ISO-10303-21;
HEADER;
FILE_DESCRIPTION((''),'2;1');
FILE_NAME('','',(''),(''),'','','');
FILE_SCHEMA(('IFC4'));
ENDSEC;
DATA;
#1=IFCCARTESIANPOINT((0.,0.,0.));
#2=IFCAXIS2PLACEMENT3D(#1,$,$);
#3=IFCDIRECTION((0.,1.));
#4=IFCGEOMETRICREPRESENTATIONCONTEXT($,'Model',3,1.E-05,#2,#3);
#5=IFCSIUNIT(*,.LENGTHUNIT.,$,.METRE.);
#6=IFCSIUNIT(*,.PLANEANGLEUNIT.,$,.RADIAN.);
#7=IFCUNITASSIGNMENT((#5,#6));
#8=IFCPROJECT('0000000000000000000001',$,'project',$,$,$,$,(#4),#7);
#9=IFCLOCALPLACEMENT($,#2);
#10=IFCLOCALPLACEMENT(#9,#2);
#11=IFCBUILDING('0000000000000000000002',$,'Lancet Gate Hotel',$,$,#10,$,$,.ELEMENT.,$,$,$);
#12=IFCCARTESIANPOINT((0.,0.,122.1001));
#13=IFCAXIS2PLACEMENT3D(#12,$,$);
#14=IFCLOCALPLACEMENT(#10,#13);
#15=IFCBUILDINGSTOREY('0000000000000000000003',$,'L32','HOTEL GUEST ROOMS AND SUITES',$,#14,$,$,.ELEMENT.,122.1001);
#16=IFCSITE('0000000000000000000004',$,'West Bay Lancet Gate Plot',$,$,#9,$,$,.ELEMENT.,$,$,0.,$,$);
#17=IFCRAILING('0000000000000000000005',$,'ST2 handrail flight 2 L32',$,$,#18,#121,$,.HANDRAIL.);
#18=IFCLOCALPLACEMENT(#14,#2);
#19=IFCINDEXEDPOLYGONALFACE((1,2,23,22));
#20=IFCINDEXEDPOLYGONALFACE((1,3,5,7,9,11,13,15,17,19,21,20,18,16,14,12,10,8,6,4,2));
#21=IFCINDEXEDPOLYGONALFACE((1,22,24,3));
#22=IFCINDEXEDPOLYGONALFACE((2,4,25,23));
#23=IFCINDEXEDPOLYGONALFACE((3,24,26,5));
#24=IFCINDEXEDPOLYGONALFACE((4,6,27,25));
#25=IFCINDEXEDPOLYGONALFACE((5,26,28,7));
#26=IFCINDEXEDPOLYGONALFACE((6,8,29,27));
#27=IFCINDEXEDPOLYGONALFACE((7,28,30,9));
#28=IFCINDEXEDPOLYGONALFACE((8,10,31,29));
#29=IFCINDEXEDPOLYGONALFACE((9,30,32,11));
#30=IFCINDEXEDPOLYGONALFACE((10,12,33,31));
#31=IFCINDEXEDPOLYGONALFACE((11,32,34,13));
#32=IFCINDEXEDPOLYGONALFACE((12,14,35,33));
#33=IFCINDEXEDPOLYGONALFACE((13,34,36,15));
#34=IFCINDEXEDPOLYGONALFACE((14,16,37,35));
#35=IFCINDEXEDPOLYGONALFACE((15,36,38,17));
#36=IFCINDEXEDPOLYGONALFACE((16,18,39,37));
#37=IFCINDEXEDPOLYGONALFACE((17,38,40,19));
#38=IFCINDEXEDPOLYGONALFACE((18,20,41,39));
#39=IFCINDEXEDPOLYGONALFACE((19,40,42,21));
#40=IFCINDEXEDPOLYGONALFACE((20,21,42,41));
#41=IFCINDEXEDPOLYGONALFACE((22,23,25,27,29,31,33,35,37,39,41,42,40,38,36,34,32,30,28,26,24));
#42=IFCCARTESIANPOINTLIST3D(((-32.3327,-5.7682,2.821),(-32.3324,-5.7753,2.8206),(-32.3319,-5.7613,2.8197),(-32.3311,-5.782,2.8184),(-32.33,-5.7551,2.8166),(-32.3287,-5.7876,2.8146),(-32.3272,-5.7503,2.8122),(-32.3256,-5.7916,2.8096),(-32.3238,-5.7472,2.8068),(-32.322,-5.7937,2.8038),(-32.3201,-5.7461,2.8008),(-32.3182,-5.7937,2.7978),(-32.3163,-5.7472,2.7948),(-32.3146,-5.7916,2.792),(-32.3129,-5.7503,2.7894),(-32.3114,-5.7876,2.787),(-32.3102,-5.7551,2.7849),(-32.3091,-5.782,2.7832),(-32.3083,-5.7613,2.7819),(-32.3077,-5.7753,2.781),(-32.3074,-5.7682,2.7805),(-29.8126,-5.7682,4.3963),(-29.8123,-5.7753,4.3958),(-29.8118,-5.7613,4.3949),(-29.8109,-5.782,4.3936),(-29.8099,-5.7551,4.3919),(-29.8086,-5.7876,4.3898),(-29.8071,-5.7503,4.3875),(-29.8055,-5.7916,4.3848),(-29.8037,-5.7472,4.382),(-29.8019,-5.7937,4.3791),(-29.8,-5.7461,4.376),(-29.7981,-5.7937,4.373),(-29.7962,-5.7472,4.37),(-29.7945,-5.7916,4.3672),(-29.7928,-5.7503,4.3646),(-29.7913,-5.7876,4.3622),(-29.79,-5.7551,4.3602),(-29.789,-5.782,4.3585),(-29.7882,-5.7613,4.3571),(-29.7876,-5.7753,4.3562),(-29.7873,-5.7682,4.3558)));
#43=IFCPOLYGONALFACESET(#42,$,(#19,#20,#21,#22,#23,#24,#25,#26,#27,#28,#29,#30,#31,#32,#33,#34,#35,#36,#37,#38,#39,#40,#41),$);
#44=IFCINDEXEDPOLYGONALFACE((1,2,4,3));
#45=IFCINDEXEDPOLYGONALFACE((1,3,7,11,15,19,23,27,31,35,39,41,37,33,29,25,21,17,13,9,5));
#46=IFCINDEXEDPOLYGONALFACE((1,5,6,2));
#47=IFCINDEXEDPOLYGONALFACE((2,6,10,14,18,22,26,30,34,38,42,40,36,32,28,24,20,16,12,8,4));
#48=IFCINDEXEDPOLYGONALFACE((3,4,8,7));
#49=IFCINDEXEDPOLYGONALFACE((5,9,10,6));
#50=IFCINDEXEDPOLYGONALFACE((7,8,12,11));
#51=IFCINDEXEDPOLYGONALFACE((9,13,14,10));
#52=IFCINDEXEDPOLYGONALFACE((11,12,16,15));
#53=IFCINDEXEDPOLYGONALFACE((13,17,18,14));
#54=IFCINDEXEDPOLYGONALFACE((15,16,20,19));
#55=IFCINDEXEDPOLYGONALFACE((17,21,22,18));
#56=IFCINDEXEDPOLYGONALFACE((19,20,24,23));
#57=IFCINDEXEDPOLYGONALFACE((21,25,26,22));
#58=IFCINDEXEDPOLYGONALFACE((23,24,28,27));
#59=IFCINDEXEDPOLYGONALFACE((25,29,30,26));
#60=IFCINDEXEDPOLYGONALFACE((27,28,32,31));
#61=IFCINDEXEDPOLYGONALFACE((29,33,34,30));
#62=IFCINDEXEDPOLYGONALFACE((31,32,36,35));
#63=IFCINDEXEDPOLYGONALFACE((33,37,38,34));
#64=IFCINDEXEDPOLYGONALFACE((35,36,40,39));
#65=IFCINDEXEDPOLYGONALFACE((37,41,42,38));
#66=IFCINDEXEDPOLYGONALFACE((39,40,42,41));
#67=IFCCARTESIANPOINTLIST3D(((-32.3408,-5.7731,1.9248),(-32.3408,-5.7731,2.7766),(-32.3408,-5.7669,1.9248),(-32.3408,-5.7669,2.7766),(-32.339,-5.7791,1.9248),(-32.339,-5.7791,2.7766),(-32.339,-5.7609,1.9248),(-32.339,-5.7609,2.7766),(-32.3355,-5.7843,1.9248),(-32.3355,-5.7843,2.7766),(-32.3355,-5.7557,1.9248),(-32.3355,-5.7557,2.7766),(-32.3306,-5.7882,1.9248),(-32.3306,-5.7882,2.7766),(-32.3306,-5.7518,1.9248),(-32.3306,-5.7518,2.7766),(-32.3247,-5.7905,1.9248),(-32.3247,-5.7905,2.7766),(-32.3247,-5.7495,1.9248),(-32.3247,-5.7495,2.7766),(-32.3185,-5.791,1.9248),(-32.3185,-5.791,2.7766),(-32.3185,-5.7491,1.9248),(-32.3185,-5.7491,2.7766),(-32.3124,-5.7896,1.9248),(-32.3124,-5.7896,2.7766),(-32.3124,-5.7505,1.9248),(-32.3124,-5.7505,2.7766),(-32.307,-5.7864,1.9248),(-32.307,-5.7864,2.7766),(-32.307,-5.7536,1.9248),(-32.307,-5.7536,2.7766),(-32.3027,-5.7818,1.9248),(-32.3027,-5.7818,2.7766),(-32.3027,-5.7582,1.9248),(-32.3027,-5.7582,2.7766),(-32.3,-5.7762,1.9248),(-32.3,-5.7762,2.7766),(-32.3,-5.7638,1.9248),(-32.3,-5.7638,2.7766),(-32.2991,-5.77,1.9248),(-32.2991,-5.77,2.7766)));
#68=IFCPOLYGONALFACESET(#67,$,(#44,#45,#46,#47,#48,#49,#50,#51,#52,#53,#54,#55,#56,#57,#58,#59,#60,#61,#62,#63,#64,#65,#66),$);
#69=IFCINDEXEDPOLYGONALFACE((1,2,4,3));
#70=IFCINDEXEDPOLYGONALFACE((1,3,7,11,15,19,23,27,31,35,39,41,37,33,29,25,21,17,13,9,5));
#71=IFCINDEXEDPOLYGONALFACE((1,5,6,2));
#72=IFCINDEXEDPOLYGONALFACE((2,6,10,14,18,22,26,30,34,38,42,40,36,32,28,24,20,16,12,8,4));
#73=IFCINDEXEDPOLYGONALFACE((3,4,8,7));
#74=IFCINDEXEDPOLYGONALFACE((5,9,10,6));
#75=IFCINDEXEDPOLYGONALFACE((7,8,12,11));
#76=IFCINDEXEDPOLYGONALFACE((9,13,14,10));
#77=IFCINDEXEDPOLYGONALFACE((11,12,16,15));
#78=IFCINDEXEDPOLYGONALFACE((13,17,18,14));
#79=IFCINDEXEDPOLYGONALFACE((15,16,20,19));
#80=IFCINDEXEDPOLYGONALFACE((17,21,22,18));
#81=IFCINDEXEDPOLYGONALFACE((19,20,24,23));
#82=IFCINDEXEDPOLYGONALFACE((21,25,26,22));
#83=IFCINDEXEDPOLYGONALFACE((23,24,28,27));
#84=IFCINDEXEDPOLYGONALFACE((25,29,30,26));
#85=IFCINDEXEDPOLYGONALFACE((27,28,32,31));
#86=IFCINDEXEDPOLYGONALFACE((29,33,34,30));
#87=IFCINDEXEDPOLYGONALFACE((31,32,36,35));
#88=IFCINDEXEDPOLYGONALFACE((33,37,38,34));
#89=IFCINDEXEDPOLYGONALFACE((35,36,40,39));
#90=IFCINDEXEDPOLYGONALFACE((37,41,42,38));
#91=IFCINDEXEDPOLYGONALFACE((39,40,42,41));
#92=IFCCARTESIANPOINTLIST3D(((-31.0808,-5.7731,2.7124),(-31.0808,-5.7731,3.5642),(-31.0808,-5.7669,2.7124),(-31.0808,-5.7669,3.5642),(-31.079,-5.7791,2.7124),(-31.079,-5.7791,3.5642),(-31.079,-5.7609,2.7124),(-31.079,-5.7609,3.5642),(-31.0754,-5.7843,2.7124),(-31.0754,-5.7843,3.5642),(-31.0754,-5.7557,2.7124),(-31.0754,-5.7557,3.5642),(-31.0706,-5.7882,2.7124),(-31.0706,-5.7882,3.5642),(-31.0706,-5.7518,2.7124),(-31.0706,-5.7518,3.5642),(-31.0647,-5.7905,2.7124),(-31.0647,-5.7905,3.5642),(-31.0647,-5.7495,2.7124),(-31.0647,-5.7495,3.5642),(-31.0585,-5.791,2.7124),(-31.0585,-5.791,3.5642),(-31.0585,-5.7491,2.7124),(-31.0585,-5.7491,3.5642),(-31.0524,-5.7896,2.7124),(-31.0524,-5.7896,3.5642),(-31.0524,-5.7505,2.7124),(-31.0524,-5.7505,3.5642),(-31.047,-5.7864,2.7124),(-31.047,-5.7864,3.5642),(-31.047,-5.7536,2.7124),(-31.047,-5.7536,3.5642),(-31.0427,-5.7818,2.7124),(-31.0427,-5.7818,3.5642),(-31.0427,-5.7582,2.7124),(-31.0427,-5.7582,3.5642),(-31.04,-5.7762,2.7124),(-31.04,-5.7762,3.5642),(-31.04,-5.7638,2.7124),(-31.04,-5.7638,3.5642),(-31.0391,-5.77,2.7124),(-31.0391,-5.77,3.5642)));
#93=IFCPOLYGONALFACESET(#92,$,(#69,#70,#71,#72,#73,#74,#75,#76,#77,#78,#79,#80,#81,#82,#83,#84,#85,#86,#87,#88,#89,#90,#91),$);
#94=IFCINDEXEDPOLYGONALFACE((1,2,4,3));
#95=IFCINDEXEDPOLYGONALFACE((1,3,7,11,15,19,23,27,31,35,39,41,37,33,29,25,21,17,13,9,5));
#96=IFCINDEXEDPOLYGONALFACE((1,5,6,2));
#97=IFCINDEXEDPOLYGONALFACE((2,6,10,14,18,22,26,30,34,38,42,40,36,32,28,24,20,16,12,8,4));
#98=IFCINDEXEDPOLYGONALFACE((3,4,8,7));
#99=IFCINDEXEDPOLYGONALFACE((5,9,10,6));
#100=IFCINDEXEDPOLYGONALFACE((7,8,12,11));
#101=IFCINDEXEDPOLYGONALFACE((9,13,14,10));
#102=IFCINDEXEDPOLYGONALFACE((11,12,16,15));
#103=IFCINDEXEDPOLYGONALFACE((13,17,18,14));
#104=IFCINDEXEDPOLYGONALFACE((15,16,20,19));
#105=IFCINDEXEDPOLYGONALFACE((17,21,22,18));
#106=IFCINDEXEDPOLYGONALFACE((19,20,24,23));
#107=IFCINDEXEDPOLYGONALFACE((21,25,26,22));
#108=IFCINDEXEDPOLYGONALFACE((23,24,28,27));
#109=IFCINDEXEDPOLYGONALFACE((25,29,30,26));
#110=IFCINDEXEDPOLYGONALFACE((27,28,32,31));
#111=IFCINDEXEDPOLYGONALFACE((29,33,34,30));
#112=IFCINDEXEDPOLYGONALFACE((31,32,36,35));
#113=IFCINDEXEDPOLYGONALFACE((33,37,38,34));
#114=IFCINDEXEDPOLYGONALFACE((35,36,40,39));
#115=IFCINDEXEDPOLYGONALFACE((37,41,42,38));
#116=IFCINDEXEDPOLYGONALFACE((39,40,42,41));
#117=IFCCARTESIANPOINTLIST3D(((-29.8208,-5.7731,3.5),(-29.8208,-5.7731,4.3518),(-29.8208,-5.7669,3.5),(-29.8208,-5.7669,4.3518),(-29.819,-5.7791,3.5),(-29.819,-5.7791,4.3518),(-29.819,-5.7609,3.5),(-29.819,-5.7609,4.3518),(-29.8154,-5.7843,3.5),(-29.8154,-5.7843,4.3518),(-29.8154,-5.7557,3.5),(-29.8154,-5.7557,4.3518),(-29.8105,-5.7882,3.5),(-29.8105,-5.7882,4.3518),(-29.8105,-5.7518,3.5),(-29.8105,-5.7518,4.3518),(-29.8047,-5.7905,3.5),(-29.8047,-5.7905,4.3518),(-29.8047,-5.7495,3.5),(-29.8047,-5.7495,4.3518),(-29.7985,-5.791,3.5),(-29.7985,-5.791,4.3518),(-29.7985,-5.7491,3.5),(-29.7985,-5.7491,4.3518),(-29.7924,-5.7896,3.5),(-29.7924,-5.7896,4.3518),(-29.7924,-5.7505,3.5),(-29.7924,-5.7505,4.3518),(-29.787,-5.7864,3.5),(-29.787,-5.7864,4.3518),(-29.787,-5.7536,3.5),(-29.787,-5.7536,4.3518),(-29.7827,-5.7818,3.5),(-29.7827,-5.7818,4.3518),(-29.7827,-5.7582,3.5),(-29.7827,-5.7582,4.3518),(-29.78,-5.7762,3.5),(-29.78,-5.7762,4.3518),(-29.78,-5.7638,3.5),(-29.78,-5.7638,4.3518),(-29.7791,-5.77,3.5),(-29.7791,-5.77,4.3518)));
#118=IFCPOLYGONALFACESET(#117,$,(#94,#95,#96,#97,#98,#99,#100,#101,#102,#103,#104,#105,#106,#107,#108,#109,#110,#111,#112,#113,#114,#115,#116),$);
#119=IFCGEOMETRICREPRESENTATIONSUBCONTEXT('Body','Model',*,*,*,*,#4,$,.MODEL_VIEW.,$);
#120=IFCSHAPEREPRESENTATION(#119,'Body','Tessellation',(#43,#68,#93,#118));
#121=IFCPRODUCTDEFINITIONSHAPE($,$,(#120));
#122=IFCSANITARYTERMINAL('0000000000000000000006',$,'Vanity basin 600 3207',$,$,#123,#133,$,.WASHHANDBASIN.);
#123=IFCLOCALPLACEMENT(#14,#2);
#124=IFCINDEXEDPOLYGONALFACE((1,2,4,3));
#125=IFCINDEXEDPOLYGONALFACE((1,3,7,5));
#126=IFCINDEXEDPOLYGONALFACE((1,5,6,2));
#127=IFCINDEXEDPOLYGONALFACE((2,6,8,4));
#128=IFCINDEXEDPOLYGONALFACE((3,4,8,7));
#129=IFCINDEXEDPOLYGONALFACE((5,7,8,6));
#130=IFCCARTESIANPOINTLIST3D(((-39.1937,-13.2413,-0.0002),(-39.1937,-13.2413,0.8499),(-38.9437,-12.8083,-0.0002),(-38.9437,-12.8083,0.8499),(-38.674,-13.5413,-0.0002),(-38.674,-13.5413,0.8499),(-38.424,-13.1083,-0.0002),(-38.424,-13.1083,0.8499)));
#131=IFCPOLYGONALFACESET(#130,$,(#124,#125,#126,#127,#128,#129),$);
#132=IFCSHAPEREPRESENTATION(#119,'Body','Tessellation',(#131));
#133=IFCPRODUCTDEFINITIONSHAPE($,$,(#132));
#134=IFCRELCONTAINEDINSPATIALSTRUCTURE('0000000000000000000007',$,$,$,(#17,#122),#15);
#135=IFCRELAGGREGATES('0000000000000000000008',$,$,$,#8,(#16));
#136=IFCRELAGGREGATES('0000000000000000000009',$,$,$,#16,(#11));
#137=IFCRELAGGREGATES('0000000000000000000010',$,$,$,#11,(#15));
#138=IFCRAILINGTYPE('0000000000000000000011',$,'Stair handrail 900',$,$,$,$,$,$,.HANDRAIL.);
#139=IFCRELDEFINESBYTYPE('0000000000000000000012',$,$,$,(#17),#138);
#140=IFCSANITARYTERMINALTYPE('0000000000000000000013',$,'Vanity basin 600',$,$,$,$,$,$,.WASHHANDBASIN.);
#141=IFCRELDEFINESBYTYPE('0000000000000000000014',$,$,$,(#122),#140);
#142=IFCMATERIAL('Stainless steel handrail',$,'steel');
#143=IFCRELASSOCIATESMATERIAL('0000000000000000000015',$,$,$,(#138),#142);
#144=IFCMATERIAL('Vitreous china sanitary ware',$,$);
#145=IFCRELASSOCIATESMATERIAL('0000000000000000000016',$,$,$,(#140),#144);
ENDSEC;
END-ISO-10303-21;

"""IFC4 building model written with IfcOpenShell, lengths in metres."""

from ifc_helpers import new_model, si_unit, direction, frame, origin, origin_2d, place, context, subcontext, project, spatial, rectangle, circle, extrude, material, type_object, element, save


model = new_model("IFC4")

# Units and contexts
model_context = context("Model", 3, precision=1e-05, world=origin(), true_north=direction((0.0, 1.0)))
body_context = subcontext(model_context, "Body", "Model", "MODEL_VIEW")
ifc_project = project(units=[si_unit("LENGTHUNIT", "METRE"), si_unit("PLANEANGLEUNIT", "RADIAN")], contexts=[model_context])

# Site, building, storey
site_placement = place(None, origin())
site = spatial("IfcSite", under=ifc_project, at=site_placement, Name="West Bay Lancet Gate Plot", CompositionType="ELEMENT", RefElevation=0.0)
building_placement = place(site_placement, origin())
building = spatial("IfcBuilding", under=site, at=building_placement, Name="Lancet Gate Hotel", CompositionType="ELEMENT")
storey_placement = place(building_placement, frame((0.0, 0.0, 122.1001)))
storey = spatial("IfcBuildingStorey", under=building, at=storey_placement, Name="L32", Description="HOTEL GUEST ROOMS AND SUITES", CompositionType="ELEMENT", Elevation=122.1001)

# Railing
ifc_material_1 = material(Name="Stainless steel handrail", Category="steel")
railing_type = type_object("IfcRailingType", Name="Stair handrail 900", PredefinedType="HANDRAIL", material=ifc_material_1)
railing_1_placement = place(storey_placement, frame((-32.3201, -5.77, 1.9248)))
element("IfcRailing", 1, at=railing_1_placement, inside=storey, type_object=railing_type, Name="ST2 handrail flight 2 L32", PredefinedType="HANDRAIL", context=body_context, shape_type="SweptSolid", body=[
    extrude(circle(Radius=0.0239, at=origin_2d()), frame((0.0, 0.0, 0.876), z_axis=(0.847971, 0.0, 0.530043), x_axis=(0.0, 1.0, 0.0)), (0.0, 0.0, 1.0), 2.9719),
    extrude(circle(Radius=0.021, at=origin_2d()), origin(), (0.0, 0.0, 1.0), 0.8518),
    extrude(circle(Radius=0.021, at=origin_2d()), frame((1.26, 0.0, 0.7876)), (0.0, 0.0, 1.0), 0.8518),
    extrude(circle(Radius=0.021, at=origin_2d()), frame((2.52, 0.0, 1.5752)), (0.0, 0.0, 1.0), 0.8518),
])

# Sanitary terminal
ifc_material_2 = material(Name="Vitreous china sanitary ware")
sanitary_terminal_type = type_object("IfcSanitaryTerminalType", Name="Vanity basin 600", PredefinedType="WASHHANDBASIN", material=ifc_material_2)
sanitary_terminal_placement = place(storey_placement, frame((-38.8088, -13.1748, -0.0002), z_axis=(0.0, 0.0, 1.0), x_axis=(-0.866025, 0.5, 0.0)))
element("IfcSanitaryTerminal", 2, at=sanitary_terminal_placement, inside=storey, type_object=sanitary_terminal_type, Name="Vanity basin 600 3207", PredefinedType="WASHHANDBASIN", context=body_context, shape_type="SweptSolid", body=[
    extrude(rectangle(XDim=0.6001, YDim=0.5, at=origin_2d()), origin(), (0.0, 0.0, 1.0), 0.8501),
])

save(model, "model.ifc")
